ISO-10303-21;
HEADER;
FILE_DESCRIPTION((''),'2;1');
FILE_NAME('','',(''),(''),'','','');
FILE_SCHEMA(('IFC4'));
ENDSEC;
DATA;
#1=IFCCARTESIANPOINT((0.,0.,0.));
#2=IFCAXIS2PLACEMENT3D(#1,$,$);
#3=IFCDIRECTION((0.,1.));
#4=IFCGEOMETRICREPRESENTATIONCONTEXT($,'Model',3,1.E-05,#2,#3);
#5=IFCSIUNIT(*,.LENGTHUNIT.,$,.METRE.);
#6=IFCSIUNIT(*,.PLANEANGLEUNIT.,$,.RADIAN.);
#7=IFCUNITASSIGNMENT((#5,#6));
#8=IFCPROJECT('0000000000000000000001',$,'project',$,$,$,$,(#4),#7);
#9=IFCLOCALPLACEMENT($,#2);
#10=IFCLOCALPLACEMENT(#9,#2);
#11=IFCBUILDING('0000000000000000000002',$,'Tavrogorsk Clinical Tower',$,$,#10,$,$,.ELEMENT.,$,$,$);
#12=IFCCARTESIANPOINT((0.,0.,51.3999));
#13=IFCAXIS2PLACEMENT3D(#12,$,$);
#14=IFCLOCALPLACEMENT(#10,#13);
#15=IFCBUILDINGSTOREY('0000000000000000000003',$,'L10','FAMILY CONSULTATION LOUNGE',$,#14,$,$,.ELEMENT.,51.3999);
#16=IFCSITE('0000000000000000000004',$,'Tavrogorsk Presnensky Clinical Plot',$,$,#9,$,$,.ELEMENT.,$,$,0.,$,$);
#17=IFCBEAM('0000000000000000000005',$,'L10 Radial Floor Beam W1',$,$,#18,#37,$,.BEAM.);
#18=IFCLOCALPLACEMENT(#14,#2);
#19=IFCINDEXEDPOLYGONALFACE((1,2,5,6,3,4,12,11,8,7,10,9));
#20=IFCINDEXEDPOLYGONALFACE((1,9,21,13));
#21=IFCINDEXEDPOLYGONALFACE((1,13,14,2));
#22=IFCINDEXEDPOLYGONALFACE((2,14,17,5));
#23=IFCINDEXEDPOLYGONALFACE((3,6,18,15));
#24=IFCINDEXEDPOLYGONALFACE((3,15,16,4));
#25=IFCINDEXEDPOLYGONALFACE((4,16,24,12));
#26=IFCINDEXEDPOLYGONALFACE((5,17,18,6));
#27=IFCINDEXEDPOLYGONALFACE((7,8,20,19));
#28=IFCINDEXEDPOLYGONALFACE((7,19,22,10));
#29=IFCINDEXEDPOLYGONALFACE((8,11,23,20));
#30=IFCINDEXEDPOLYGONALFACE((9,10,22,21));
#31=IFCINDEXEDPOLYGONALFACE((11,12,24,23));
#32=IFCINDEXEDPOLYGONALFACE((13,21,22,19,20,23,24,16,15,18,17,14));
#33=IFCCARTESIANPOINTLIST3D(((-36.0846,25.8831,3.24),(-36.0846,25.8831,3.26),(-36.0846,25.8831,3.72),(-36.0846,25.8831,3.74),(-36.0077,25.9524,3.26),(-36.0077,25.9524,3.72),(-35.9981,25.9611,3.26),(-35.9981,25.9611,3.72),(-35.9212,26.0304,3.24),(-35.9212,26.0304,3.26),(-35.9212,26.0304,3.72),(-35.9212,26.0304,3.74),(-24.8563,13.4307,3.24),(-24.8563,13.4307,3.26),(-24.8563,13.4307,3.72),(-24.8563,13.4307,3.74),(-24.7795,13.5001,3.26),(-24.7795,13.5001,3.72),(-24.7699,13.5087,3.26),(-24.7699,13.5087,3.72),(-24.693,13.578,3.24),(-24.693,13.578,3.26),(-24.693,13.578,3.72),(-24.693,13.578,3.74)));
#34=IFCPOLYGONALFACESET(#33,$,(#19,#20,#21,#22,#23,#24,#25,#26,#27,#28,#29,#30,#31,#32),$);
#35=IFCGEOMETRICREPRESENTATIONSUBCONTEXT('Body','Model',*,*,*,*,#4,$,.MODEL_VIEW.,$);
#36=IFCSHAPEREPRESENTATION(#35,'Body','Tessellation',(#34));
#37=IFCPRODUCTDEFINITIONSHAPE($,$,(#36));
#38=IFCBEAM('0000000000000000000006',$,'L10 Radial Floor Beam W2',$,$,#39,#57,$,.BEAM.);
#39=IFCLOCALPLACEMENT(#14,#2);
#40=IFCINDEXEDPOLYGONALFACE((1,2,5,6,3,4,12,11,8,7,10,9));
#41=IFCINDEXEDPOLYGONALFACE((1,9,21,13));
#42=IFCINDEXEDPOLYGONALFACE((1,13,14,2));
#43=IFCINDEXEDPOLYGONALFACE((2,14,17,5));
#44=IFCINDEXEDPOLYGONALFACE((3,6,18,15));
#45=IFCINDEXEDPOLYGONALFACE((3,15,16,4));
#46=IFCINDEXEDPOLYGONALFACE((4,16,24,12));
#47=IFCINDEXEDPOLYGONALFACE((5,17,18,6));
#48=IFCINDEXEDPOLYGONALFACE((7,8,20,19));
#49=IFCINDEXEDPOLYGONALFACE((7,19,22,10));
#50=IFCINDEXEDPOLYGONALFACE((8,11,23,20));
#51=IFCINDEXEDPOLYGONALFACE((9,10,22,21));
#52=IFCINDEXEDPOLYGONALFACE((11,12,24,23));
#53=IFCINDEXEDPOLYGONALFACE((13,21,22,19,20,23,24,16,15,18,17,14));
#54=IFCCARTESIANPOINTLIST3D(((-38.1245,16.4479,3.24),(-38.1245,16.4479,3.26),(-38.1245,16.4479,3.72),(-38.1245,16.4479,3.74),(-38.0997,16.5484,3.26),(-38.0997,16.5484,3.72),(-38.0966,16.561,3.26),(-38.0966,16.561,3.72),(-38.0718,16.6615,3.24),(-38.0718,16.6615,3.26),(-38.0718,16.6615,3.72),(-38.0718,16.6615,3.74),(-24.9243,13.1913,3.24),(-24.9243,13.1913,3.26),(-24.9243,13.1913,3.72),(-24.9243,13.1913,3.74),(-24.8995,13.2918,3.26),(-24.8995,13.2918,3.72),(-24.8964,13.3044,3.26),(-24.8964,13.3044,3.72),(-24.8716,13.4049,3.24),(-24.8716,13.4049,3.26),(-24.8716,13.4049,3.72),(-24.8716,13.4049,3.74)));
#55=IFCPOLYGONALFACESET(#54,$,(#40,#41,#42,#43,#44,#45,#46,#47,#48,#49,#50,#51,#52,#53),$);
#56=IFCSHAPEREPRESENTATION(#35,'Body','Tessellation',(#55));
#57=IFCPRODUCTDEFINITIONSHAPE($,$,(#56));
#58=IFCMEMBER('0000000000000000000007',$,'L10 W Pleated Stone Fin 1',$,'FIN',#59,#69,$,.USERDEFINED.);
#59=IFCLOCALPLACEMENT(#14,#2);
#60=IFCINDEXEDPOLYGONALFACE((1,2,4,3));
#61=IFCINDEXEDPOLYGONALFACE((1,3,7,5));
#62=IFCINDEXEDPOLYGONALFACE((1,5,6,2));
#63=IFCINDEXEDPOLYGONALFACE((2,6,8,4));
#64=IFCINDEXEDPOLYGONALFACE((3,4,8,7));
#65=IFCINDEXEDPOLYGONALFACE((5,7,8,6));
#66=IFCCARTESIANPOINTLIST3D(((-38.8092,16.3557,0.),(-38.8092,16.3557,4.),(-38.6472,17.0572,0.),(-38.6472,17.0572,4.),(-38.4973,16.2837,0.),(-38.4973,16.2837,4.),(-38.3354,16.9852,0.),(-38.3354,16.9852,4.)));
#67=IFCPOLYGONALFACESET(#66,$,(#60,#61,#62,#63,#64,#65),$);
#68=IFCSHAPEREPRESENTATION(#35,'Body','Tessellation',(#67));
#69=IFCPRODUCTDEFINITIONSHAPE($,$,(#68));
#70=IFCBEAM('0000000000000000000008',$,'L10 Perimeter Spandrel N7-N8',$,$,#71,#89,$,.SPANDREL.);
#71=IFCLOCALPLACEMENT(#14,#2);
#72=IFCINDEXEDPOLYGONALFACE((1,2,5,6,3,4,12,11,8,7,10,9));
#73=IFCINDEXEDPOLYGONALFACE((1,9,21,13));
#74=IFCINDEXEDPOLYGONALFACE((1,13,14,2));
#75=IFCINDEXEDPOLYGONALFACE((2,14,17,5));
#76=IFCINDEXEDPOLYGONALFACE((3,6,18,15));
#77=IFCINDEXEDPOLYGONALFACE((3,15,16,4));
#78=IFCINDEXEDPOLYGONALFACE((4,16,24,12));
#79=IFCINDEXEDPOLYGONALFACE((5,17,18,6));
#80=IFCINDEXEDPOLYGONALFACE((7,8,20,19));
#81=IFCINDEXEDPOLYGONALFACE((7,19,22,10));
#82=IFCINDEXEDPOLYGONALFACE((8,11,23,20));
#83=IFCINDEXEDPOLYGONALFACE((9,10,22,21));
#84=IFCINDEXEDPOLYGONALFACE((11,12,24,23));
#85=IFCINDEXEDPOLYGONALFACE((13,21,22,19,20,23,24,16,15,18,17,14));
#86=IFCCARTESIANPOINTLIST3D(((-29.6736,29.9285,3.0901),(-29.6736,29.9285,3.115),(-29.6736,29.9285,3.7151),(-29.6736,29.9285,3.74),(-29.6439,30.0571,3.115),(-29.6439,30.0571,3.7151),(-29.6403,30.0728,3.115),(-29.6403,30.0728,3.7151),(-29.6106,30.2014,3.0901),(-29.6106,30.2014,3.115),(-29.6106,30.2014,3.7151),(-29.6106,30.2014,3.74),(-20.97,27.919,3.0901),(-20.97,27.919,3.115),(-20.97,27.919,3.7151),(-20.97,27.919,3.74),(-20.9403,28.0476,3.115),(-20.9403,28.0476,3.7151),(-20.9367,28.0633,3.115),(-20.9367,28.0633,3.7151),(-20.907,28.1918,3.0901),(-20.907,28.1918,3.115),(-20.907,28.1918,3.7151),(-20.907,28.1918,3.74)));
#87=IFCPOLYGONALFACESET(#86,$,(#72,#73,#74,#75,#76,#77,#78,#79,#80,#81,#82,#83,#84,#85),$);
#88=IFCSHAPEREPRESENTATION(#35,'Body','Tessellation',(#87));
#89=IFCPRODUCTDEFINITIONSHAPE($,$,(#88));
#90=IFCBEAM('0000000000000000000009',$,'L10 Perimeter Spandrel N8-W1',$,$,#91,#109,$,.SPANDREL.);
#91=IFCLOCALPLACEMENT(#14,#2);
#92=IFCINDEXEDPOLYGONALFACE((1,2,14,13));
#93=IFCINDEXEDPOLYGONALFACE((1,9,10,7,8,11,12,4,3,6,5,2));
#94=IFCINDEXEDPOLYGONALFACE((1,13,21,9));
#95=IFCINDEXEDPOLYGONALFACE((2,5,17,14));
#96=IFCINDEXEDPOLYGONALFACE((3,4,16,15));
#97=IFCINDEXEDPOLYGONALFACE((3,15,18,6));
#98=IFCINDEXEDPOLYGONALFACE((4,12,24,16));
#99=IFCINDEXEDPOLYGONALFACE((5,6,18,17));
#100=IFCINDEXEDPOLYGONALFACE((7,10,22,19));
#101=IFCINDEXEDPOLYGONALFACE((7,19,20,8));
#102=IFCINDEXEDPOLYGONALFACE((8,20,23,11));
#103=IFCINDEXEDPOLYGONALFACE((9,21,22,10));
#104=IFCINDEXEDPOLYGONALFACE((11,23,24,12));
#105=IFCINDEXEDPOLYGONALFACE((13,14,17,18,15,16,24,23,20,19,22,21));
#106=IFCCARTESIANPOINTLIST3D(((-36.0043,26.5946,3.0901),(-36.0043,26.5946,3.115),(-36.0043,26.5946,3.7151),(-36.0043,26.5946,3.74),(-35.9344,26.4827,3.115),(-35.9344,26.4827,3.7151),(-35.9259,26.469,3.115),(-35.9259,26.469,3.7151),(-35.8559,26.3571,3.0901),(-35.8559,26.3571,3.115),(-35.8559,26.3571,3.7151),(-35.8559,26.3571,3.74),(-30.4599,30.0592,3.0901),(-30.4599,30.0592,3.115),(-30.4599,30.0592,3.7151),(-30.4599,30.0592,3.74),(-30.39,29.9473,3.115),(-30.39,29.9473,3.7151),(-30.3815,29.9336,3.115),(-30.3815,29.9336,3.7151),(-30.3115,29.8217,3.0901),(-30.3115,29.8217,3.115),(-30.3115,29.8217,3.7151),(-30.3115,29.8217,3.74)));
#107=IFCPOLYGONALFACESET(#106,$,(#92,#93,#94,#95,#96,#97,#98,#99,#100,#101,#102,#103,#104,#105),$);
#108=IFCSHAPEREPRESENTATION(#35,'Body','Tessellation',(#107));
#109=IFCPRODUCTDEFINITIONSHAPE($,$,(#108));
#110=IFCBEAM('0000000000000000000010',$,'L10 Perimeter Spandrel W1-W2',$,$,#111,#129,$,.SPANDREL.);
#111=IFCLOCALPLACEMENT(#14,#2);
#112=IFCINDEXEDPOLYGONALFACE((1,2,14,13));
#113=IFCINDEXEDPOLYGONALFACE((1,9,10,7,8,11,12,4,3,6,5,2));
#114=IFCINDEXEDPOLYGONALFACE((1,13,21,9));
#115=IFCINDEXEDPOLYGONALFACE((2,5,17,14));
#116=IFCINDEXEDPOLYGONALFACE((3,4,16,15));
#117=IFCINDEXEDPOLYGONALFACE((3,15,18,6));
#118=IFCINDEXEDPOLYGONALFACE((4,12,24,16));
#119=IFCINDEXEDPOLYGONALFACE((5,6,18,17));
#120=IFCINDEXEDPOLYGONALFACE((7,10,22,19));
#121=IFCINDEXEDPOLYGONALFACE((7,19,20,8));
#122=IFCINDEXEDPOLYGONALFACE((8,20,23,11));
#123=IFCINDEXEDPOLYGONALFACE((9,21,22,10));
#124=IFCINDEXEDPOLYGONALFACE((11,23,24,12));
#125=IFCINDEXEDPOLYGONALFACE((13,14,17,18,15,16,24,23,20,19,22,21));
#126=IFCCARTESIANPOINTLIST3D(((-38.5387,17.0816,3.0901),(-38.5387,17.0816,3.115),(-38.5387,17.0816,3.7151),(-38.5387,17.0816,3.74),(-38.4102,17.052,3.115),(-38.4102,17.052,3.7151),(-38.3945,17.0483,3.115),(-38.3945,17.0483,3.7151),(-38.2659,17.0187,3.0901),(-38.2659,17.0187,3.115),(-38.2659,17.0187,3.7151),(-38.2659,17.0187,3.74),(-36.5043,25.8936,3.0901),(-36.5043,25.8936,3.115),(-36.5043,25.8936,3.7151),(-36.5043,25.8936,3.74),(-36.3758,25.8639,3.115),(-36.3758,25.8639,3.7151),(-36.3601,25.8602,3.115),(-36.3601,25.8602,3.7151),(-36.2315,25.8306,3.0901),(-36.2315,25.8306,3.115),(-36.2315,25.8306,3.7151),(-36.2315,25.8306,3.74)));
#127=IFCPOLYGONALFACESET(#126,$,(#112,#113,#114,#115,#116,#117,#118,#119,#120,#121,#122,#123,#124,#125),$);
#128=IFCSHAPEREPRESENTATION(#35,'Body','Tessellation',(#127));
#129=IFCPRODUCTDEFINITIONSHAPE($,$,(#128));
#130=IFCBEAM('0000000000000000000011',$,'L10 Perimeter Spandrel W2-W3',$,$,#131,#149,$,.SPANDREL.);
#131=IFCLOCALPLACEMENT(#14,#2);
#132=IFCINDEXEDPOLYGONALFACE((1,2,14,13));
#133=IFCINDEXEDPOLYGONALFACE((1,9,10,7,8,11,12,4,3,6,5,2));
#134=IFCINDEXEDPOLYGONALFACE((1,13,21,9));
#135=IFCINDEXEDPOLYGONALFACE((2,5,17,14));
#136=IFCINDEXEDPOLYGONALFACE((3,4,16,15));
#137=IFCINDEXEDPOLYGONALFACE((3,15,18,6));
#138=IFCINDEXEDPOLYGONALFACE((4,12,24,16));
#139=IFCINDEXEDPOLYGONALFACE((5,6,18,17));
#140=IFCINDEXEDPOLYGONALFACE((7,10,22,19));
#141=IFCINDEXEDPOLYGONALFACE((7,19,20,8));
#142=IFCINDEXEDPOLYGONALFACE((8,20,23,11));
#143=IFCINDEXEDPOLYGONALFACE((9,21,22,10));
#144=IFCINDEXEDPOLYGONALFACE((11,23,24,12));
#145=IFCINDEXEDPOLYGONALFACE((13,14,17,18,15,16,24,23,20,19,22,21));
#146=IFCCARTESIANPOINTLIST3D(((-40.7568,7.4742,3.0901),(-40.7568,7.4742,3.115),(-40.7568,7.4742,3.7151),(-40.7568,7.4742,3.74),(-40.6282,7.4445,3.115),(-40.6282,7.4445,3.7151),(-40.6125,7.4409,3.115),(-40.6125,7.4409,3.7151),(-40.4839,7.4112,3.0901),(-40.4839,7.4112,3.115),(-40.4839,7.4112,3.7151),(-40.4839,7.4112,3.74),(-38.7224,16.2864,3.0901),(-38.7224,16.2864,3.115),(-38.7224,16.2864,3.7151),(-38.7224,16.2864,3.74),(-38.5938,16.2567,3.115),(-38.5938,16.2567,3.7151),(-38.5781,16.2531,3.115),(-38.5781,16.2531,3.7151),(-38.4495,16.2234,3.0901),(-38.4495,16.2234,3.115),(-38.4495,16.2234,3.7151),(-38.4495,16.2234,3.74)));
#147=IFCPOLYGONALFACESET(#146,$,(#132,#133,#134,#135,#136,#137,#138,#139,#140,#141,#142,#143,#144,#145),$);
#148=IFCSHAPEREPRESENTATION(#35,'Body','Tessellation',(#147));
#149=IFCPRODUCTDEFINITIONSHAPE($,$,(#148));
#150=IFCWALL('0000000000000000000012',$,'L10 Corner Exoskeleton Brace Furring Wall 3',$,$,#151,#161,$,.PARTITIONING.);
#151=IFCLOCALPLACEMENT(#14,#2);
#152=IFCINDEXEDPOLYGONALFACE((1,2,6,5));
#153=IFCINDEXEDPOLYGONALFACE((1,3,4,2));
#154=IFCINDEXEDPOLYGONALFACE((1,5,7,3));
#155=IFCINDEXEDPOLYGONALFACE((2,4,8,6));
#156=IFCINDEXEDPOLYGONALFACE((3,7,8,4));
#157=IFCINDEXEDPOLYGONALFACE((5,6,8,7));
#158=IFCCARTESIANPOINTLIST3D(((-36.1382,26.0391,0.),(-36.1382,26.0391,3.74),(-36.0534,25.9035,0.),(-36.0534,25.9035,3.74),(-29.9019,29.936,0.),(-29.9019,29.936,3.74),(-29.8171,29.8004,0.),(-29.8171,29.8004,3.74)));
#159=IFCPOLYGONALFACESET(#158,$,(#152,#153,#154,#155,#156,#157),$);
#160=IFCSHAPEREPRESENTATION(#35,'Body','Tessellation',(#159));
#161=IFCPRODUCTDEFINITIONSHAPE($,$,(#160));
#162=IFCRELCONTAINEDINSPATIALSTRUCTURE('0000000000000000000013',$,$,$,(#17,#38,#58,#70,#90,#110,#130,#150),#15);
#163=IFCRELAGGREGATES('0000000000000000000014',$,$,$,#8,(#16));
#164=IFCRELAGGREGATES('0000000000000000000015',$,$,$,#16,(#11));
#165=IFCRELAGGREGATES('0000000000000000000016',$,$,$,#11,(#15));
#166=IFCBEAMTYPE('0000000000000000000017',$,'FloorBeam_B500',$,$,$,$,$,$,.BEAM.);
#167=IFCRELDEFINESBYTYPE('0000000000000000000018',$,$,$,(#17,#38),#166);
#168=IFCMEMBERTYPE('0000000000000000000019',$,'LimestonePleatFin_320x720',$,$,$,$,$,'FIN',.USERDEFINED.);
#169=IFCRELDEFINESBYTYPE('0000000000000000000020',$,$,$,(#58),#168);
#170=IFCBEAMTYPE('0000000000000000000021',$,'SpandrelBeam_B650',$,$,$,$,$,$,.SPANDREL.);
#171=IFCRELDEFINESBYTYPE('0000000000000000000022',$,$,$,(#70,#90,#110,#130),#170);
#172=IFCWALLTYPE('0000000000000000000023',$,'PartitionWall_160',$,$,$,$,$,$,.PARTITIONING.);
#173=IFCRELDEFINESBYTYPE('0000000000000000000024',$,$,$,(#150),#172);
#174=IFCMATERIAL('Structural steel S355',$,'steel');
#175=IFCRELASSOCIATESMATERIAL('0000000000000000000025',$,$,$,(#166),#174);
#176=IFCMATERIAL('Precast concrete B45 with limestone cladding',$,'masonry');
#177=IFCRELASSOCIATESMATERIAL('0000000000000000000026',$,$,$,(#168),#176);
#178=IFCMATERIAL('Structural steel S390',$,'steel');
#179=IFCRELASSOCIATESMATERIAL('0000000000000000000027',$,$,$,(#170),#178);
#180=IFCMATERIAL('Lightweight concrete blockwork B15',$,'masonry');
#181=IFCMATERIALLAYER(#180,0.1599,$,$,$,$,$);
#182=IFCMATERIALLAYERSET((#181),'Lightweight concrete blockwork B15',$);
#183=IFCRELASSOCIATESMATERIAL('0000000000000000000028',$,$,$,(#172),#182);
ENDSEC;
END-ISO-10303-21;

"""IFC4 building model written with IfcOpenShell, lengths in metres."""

from ifc_helpers import new_model, si_unit, direction, frame, frame_2d, origin, origin_2d, place, context, subcontext, project, spatial, rectangle, i_section, extrude, material, layer, layer_set, material_profile, profile_set, type_object, element, save


model = new_model("IFC4")

# Units and contexts
model_context = context("Model", 3, precision=1e-05, world=origin(), true_north=direction((0.0, 1.0)))
body_context = subcontext(model_context, "Body", "Model", "MODEL_VIEW")
ifc_project = project(units=[si_unit("LENGTHUNIT", "METRE"), si_unit("PLANEANGLEUNIT", "RADIAN")], contexts=[model_context])

# Site, building, storey
site_placement = place(None, origin())
site = spatial("IfcSite", under=ifc_project, at=site_placement, Name="Tavrogorsk Presnensky Clinical Plot", CompositionType="ELEMENT", RefElevation=0.0)
building_placement = place(site_placement, origin())
building = spatial("IfcBuilding", under=site, at=building_placement, Name="Tavrogorsk Clinical Tower", CompositionType="ELEMENT")
storey_placement = place(building_placement, frame((0.0, 0.0, 51.3999)))
storey = spatial("IfcBuildingStorey", under=building, at=storey_placement, Name="L10", Description="FAMILY CONSULTATION LOUNGE", CompositionType="ELEMENT", Elevation=51.3999)

# Beams
ifc_material_1 = material(Name="Structural steel S355", Category="steel")
ifc_material_profile_1 = material_profile(ifc_material_1, i_section(OverallWidth=0.22, OverallDepth=0.5, WebThickness=0.0129, FlangeThickness=0.02, at=origin_2d()), Name="B-500x220x13x20")
ifc_profile_set_1 = profile_set([ifc_material_profile_1], Name="Structural steel S355")
beam_type_1 = type_object("IfcBeamType", Name="FloorBeam_B500", PredefinedType="BEAM", material=ifc_profile_set_1)
beam_1_placement = place(storey_placement, frame((-24.7747, 13.5044, 3.49), z_axis=(-0.66966, 0.742668, 0.0), x_axis=(-0.742668, -0.66966, 0.0)))
element("IfcBeam", 1, at=beam_1_placement, inside=storey, type_object=beam_type_1, Name="L10 Radial Floor Beam W1", PredefinedType="BEAM", context=body_context, shape_type="SweptSolid", body=[
    extrude(i_section(OverallWidth=0.22, OverallDepth=0.5, WebThickness=0.0129, FlangeThickness=0.02, at=origin_2d()), origin(), (0.0, 0.0, 1.0), 16.7671),
])
beam_2_placement = place(storey_placement, frame((-24.8979, 13.2981, 3.49), z_axis=(-0.97089, 0.239526, 0.0), x_axis=(-0.239526, -0.97089, 0.0)))
element("IfcBeam", 2, at=beam_2_placement, inside=storey, type_object=beam_type_1, Name="L10 Radial Floor Beam W2", PredefinedType="BEAM", context=body_context, shape_type="SweptSolid", body=[
    extrude(i_section(OverallWidth=0.22, OverallDepth=0.5, WebThickness=0.0129, FlangeThickness=0.02, at=origin_2d()), origin(), (0.0, 0.0, 1.0), 13.5959),
])

# Member
ifc_material_2 = material(Name="Precast concrete B45 with limestone cladding", Category="masonry")
ifc_material_profile_2 = material_profile(ifc_material_2, rectangle(XDim=0.3201, YDim=0.72, at=origin_2d()), Name="LIMESTONE-FIN-320x720")
ifc_profile_set_2 = profile_set([ifc_material_profile_2], Name="Precast concrete B45 with limestone cladding")
member_type_1 = type_object("IfcMemberType", Name="LimestonePleatFin_320x720", ElementType="FIN", PredefinedType="USERDEFINED", material=ifc_profile_set_2)
member_1_placement = place(storey_placement, frame((-38.5723, 16.6704, 0.0), z_axis=(0.0, 0.0, 1.0), x_axis=(0.97437, -0.224951, 0.0)))
element("IfcMember", 3, at=member_1_placement, inside=storey, type_object=member_type_1, Name="L10 W Pleated Stone Fin 1", ObjectType="FIN", PredefinedType="USERDEFINED", context=body_context, shape_type="SweptSolid", body=[
    extrude(rectangle(XDim=0.3201, YDim=0.72, at=origin_2d()), origin(), (0.0, 0.0, 1.0), 4.0),
])

# Beams
ifc_material_3 = material(Name="Structural steel S390", Category="steel")
ifc_material_profile_3 = material_profile(ifc_material_3, i_section(OverallWidth=0.28, OverallDepth=0.6499, WebThickness=0.0161, FlangeThickness=0.0249, at=origin_2d()), Name="B-650x280x16x25")
ifc_profile_set_3 = profile_set([ifc_material_profile_3], Name="Structural steel S390")
beam_type_2 = type_object("IfcBeamType", Name="SpandrelBeam_B650", PredefinedType="SPANDREL", material=ifc_profile_set_3)
beam_3_placement = place(storey_placement, frame((-20.9385, 28.0554, 3.415), z_axis=(-0.974367, 0.224965, 0.0), x_axis=(-0.224965, -0.974367, 0.0)))
element("IfcBeam", 4, at=beam_3_placement, inside=storey, type_object=beam_type_2, Name="L10 Perimeter Spandrel N7-N8", PredefinedType="SPANDREL", context=body_context, shape_type="SweptSolid", body=[
    extrude(i_section(OverallWidth=0.28, OverallDepth=0.6499, WebThickness=0.0161, FlangeThickness=0.0249, at=origin_2d()), origin(), (0.0, 0.0, 1.0), 8.9326),
])
beam_4_placement = place(storey_placement, frame((-30.3857, 29.9404, 3.415), z_axis=(-0.848044, -0.529925, 0.0), x_axis=(0.529925, -0.848044, 0.0)))
element("IfcBeam", 5, at=beam_4_placement, inside=storey, type_object=beam_type_2, Name="L10 Perimeter Spandrel N8-W1", PredefinedType="SPANDREL", context=body_context, shape_type="SweptSolid", body=[
    extrude(i_section(OverallWidth=0.28, OverallDepth=0.6499, WebThickness=0.0161, FlangeThickness=0.0249, at=origin_2d()), origin(), (0.0, 0.0, 1.0), 6.5378),
])
beam_5_placement = place(storey_placement, frame((-36.3679, 25.8621, 3.415), z_axis=(-0.224952, -0.97437, 0.0), x_axis=(0.97437, -0.224952, 0.0)))
element("IfcBeam", 6, at=beam_5_placement, inside=storey, type_object=beam_type_2, Name="L10 Perimeter Spandrel W1-W2", PredefinedType="SPANDREL", context=body_context, shape_type="SweptSolid", body=[
    extrude(i_section(OverallWidth=0.28, OverallDepth=0.6499, WebThickness=0.0161, FlangeThickness=0.0249, at=origin_2d()), origin(), (0.0, 0.0, 1.0), 9.0437),
])
beam_6_placement = place(storey_placement, frame((-38.5859, 16.2549, 3.415), z_axis=(-0.224946, -0.974371, 0.0), x_axis=(0.974371, -0.224946, 0.0)))
element("IfcBeam", 7, at=beam_6_placement, inside=storey, type_object=beam_type_2, Name="L10 Perimeter Spandrel W2-W3", PredefinedType="SPANDREL", context=body_context, shape_type="SweptSolid", body=[
    extrude(i_section(OverallWidth=0.28, OverallDepth=0.6499, WebThickness=0.0161, FlangeThickness=0.0249, at=origin_2d()), origin(), (0.0, 0.0, 1.0), 9.0439),
])

# Wall
ifc_material_4 = material(Name="Lightweight concrete blockwork B15", Category="masonry")
ifc_layer_1 = layer(ifc_material_4, 0.1599)
ifc_layer_set_1 = layer_set([ifc_layer_1], Name="Lightweight concrete blockwork B15")
wall_type_1 = type_object("IfcWallType", Name="PartitionWall_160", PredefinedType="PARTITIONING", material=ifc_layer_set_1)
wall_1_placement = place(storey_placement, frame((-29.8596, 29.8682, 0.0), z_axis=(0.0, 0.0, 1.0), x_axis=(-0.848043, -0.529927, 0.0)))
element("IfcWall", 8, at=wall_1_placement, inside=storey, type_object=wall_type_1, Name="L10 Corner Exoskeleton Brace Furring Wall 3", PredefinedType="PARTITIONING", context=body_context, shape_type="SweptSolid", body=[
    extrude(rectangle(XDim=7.3538, YDim=0.1599, at=frame_2d((3.6768, 0.0))), origin(), (0.0, 0.0, 1.0), 3.74),
])

save(model, "model.ifc")
